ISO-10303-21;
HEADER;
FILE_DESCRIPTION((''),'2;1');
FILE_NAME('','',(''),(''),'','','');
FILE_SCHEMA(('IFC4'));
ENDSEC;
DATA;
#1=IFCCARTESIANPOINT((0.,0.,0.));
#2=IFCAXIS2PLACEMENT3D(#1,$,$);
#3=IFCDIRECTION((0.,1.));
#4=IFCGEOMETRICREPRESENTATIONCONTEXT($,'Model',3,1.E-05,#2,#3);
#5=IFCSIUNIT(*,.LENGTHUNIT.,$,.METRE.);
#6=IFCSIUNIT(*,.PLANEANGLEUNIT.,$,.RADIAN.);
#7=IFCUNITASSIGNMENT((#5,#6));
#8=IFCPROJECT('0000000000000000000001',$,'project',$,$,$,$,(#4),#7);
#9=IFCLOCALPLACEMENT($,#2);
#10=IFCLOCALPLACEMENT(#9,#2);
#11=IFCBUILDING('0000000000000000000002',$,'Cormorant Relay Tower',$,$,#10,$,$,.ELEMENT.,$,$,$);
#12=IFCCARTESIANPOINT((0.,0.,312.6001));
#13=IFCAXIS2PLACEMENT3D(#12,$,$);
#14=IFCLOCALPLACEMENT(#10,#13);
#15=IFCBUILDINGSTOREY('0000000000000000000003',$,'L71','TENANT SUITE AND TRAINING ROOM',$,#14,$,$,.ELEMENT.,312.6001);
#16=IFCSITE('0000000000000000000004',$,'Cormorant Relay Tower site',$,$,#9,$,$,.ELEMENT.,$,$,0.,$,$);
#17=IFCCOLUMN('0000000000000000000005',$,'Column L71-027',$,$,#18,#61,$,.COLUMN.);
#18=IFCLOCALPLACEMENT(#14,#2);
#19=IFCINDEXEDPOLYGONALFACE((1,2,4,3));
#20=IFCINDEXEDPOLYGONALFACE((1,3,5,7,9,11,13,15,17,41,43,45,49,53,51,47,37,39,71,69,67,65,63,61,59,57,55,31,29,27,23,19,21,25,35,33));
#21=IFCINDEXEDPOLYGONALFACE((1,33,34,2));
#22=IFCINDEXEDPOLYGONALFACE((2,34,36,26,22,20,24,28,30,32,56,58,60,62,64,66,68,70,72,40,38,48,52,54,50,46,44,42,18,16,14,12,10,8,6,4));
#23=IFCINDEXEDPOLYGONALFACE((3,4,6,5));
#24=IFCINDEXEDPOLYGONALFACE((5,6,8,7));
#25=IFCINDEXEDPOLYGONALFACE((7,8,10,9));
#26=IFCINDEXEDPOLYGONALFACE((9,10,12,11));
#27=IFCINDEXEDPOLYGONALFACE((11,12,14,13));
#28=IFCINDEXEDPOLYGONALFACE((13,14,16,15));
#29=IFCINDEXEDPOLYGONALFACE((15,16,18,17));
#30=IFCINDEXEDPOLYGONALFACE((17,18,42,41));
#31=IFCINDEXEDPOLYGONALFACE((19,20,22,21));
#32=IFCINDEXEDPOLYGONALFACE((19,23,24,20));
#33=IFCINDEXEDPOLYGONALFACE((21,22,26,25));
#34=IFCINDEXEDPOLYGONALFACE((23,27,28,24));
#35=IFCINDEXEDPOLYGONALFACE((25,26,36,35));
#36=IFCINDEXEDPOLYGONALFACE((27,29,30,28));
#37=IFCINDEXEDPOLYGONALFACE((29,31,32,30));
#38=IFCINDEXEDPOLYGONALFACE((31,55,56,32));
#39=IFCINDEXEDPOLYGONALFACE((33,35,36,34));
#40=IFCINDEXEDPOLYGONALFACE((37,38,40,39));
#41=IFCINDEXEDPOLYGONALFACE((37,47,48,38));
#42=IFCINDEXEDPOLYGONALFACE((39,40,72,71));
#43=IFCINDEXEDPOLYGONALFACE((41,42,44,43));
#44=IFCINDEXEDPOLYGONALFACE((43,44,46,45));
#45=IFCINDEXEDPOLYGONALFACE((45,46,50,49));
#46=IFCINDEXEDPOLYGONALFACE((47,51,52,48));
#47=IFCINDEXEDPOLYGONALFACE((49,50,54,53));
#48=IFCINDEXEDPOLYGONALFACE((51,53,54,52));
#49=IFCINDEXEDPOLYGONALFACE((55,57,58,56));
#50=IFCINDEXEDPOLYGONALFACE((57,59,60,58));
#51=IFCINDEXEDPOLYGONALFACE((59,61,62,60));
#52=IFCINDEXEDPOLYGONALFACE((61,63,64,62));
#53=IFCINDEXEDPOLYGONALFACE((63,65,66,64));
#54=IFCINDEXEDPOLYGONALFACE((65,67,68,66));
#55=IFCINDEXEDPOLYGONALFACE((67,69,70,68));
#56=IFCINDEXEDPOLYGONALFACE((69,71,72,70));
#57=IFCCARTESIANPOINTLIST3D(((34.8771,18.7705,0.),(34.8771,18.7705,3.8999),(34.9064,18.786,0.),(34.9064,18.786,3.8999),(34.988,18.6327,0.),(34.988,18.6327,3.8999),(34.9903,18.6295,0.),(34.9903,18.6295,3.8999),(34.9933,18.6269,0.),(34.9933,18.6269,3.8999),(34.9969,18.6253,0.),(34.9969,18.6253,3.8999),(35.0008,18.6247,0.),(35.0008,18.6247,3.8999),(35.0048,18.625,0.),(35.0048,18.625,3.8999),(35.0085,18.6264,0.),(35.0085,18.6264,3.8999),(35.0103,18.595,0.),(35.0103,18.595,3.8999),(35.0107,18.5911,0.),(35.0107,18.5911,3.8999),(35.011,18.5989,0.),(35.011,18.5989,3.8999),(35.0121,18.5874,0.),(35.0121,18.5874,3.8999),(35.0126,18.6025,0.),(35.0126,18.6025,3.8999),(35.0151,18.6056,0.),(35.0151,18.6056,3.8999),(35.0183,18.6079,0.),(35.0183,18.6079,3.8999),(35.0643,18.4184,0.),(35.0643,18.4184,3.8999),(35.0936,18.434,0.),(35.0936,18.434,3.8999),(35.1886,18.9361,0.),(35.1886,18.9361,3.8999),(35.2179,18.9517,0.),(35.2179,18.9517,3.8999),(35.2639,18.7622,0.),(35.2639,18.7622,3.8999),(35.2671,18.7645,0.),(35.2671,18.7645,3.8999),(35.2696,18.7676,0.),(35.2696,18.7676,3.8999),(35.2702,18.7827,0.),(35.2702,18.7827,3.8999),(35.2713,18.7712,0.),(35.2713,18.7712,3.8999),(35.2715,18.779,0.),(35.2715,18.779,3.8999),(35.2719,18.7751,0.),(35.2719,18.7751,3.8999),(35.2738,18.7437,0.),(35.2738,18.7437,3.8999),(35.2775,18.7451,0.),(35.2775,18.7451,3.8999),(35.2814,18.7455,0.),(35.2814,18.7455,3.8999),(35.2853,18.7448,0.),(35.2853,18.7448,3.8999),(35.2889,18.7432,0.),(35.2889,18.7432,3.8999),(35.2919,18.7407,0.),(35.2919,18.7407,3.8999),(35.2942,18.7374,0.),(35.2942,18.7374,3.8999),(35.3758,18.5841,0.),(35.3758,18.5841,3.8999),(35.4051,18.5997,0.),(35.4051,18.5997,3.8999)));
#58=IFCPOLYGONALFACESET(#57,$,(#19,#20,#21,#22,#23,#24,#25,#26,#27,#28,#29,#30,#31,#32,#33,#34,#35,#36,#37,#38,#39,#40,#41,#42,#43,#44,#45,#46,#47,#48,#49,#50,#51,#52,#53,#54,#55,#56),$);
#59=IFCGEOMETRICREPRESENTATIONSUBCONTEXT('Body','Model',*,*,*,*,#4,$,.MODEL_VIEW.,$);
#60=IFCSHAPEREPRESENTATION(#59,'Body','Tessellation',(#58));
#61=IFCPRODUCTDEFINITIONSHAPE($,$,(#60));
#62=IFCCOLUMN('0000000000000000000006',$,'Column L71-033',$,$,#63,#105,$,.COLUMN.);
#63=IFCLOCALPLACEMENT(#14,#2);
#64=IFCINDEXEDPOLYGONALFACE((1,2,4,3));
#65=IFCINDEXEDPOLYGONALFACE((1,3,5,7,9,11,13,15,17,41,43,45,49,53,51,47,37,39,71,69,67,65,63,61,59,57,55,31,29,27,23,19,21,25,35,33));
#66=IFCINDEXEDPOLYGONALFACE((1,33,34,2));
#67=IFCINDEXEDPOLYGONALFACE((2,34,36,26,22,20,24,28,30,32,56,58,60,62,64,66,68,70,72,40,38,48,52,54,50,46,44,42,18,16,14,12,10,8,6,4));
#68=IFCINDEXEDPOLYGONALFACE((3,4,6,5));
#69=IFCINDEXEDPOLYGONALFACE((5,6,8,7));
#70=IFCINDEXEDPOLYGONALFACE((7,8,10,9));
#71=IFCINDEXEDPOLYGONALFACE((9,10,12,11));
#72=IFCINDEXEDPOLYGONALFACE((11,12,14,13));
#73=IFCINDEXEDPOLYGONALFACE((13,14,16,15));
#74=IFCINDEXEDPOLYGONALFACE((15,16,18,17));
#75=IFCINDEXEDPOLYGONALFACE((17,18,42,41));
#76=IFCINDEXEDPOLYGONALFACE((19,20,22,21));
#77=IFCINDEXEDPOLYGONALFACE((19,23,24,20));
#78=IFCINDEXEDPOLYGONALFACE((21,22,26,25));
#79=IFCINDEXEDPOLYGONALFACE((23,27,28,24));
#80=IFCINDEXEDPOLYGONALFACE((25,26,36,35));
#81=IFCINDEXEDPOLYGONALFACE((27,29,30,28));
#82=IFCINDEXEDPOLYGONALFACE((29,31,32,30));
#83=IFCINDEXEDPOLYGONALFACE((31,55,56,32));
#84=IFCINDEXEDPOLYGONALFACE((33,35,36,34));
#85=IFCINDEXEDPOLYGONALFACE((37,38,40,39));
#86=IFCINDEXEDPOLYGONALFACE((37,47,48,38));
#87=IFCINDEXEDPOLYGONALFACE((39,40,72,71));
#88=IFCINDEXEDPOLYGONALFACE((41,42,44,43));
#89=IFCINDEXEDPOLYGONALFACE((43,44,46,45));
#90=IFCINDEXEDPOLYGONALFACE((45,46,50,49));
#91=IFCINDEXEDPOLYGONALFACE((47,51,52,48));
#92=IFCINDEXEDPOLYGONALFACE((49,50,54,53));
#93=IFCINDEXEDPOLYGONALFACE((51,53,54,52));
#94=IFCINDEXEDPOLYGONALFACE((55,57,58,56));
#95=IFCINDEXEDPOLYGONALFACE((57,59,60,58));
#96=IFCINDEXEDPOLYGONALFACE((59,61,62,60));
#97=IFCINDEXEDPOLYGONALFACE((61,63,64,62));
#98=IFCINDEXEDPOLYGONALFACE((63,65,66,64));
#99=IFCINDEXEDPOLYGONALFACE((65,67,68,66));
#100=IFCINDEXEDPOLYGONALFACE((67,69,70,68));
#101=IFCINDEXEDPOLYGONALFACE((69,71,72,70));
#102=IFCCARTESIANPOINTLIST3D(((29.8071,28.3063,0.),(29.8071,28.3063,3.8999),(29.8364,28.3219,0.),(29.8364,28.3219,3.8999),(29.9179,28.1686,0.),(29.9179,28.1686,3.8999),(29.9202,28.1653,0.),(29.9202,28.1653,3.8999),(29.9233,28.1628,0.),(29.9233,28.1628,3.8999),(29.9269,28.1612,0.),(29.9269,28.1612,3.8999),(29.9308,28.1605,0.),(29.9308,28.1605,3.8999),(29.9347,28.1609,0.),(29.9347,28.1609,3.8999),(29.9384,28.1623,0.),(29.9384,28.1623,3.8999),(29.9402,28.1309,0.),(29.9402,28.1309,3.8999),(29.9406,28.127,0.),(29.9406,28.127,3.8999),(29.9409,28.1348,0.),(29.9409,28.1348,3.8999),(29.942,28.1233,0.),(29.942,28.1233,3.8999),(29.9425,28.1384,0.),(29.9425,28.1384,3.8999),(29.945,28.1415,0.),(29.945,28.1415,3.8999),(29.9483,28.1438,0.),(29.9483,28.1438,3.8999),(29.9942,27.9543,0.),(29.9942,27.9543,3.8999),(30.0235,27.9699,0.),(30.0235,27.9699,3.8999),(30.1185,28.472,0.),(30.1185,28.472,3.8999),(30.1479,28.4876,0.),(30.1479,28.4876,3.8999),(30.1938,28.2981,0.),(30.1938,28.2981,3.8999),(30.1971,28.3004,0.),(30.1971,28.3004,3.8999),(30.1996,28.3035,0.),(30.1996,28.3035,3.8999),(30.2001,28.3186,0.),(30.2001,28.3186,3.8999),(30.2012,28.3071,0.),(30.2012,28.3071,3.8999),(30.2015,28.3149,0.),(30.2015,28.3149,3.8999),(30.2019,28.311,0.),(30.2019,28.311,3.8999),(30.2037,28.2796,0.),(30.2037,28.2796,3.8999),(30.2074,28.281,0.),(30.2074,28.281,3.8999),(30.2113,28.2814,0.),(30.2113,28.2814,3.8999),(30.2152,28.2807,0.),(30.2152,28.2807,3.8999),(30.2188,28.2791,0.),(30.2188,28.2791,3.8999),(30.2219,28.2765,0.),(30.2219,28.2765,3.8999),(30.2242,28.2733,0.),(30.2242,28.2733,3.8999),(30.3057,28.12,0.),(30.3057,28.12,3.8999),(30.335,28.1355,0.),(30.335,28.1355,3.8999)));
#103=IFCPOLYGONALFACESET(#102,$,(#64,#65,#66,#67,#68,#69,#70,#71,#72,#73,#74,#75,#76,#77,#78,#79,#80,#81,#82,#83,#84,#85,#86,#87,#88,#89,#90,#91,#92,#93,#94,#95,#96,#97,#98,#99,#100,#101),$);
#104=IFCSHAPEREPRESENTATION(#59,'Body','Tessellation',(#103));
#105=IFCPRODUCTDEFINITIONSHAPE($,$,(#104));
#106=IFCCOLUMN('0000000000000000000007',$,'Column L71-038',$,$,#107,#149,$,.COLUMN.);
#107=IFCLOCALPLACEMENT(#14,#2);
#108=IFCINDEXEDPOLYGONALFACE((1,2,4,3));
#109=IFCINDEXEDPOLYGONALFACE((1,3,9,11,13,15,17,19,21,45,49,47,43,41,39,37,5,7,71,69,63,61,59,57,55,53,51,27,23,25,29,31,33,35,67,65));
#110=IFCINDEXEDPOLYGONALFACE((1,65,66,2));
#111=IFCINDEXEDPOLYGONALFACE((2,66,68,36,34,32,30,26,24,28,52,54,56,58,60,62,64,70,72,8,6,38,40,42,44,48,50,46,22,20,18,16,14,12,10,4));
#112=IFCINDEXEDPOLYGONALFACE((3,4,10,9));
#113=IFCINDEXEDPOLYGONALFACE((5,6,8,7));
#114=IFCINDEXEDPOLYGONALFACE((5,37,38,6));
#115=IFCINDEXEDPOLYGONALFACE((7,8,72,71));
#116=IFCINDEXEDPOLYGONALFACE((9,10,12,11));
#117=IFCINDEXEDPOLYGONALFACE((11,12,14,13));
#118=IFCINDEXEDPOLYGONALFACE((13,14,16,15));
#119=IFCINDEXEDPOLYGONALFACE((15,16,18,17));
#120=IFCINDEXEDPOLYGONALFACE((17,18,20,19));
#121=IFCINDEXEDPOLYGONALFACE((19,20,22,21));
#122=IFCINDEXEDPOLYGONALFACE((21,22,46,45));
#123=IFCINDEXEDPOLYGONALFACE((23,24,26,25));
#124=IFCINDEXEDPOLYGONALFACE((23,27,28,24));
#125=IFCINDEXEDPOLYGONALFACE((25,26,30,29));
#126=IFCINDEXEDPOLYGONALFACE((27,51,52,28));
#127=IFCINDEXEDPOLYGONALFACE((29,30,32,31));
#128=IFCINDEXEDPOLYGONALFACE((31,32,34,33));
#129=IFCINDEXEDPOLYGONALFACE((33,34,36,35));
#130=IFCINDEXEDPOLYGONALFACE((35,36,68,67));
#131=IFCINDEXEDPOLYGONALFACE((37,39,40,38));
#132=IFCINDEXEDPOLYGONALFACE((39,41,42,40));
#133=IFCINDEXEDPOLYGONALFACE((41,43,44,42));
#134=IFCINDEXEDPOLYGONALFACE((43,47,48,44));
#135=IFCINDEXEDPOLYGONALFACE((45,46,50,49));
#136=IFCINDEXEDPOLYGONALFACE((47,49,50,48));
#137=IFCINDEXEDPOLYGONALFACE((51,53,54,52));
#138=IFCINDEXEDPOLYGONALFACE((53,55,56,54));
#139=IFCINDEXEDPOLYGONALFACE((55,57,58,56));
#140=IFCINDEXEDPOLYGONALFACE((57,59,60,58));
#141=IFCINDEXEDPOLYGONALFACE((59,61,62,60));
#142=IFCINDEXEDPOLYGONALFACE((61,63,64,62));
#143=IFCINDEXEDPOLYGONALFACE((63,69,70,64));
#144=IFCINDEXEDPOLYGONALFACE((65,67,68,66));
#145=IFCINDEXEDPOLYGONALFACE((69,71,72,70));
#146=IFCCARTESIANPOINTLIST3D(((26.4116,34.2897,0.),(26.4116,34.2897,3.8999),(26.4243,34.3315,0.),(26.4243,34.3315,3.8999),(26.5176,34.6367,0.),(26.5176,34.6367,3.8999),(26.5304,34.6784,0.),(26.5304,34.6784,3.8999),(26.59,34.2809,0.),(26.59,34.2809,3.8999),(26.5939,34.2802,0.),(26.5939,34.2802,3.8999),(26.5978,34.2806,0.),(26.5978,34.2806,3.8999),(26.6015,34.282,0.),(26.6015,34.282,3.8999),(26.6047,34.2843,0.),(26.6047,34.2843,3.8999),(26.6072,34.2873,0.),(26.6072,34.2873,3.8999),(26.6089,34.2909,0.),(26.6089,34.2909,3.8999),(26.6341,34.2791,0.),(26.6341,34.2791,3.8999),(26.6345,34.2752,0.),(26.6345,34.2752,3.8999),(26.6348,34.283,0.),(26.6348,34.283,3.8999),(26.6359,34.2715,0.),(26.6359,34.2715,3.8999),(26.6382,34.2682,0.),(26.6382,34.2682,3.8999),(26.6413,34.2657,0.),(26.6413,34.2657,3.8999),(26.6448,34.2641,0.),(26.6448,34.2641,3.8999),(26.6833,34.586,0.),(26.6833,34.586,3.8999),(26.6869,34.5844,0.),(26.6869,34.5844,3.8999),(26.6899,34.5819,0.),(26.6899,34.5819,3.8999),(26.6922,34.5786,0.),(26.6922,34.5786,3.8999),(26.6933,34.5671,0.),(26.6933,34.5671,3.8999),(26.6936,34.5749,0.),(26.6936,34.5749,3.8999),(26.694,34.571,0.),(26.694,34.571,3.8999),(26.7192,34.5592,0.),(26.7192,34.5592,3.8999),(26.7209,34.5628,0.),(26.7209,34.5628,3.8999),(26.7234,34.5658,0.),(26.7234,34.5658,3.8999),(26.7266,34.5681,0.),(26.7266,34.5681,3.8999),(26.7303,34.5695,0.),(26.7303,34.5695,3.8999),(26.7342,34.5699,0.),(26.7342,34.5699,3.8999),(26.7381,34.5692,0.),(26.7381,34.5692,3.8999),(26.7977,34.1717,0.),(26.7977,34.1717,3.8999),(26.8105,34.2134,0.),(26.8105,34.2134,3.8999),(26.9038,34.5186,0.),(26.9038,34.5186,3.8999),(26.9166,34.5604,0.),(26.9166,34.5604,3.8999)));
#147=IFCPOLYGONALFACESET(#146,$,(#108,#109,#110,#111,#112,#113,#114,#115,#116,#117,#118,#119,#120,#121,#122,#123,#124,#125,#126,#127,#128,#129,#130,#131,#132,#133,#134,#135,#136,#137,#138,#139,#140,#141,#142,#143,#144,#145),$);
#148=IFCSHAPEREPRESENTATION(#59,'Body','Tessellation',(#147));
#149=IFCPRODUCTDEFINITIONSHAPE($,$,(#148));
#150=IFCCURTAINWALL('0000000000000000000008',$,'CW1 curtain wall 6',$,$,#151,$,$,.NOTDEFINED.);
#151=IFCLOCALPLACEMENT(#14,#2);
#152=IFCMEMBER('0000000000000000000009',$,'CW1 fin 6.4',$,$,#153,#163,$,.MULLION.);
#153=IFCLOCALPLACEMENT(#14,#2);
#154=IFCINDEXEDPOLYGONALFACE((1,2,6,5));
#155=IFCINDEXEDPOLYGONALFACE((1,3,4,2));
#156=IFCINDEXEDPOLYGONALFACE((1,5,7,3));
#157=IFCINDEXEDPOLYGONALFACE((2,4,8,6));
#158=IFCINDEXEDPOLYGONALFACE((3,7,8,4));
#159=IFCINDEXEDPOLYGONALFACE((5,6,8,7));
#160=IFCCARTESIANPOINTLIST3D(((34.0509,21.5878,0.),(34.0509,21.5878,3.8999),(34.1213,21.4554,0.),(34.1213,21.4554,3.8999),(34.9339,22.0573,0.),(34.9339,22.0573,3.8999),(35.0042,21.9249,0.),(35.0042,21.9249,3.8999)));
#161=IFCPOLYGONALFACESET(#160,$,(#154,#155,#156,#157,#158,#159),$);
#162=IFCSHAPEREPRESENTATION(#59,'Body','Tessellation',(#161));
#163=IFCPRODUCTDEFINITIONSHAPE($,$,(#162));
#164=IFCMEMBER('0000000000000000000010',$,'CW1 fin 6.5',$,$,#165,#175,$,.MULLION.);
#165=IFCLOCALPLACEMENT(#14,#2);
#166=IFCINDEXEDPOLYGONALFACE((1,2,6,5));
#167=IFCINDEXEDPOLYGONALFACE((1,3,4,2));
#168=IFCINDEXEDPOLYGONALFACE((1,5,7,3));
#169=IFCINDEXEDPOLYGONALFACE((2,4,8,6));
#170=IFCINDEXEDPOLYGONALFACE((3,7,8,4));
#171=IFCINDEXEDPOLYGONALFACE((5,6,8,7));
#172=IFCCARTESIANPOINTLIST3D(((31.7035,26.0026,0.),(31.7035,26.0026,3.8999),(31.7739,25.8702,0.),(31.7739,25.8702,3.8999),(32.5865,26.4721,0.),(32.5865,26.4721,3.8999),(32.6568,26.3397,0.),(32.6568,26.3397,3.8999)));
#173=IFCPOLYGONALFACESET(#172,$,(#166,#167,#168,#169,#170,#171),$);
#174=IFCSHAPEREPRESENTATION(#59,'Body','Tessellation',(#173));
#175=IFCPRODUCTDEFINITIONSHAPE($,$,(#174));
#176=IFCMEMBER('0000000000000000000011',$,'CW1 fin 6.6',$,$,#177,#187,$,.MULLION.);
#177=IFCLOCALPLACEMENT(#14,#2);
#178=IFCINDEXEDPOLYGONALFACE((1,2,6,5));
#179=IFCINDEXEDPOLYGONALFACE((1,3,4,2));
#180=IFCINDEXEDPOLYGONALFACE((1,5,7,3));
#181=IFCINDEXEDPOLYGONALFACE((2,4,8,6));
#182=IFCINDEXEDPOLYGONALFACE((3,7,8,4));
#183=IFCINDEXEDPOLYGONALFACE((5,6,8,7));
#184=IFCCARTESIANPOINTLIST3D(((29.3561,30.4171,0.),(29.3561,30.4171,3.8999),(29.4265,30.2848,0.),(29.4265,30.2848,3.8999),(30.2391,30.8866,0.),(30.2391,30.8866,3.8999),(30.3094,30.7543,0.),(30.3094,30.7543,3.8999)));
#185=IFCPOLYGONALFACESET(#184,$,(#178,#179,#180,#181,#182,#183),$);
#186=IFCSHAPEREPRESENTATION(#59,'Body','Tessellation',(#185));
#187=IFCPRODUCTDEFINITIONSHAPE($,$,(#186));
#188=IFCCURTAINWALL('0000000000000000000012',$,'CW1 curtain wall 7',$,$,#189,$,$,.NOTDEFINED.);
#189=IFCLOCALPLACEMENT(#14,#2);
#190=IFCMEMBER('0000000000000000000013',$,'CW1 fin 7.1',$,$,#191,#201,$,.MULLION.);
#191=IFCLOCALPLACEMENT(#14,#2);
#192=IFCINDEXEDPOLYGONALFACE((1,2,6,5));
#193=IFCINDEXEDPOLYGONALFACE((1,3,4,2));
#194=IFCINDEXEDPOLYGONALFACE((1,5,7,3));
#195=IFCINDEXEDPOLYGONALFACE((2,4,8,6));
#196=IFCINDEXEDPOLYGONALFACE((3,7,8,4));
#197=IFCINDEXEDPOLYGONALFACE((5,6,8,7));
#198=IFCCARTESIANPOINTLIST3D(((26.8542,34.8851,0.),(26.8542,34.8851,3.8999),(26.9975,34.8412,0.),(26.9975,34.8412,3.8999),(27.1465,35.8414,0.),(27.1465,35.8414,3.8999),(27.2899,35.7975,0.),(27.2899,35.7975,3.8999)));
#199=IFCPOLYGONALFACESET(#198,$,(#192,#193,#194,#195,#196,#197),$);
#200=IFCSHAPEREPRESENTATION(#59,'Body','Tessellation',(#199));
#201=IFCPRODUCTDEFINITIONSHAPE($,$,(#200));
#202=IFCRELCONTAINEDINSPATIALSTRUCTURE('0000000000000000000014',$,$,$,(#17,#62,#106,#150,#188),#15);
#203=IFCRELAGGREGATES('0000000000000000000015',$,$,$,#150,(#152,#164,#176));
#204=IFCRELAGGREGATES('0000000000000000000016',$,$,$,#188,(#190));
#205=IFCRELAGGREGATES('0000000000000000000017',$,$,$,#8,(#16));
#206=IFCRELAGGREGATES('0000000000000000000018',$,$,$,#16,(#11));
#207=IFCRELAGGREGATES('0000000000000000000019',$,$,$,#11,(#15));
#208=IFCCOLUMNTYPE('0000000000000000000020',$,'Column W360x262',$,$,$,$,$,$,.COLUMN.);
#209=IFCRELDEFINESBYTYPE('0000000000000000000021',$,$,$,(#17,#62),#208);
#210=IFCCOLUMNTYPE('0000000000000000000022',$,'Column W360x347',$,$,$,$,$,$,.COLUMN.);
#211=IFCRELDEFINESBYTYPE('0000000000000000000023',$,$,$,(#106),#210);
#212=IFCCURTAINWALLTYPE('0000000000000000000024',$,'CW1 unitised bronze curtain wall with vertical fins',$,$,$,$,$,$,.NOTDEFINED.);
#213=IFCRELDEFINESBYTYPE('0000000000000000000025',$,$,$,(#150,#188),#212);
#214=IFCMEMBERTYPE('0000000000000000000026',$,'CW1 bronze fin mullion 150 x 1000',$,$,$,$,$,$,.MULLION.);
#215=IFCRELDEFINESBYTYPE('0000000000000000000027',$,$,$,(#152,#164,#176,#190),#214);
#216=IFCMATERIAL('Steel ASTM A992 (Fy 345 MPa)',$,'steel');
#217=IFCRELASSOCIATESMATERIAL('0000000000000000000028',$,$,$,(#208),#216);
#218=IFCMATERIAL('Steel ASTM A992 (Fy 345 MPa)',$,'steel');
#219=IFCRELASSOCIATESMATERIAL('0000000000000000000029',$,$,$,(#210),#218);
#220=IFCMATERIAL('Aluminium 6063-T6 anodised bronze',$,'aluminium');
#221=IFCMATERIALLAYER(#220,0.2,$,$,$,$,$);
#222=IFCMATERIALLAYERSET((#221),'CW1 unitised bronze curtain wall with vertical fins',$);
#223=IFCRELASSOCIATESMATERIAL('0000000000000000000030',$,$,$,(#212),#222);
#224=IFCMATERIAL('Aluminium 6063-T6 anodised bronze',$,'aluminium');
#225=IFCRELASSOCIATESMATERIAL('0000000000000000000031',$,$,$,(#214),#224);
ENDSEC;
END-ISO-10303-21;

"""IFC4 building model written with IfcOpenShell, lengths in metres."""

from ifc_helpers import new_model, si_unit, direction, frame, origin, origin_2d, place, context, subcontext, project, spatial, rectangle, i_section, extrude, material, layer, layer_set, material_profile, profile_set, type_object, element, aggregate, save


model = new_model("IFC4")

# Units and contexts
model_context = context("Model", 3, precision=1e-05, world=origin(), true_north=direction((0.0, 1.0)))
body_context = subcontext(model_context, "Body", "Model", "MODEL_VIEW")
ifc_project = project(units=[si_unit("LENGTHUNIT", "METRE"), si_unit("PLANEANGLEUNIT", "RADIAN")], contexts=[model_context])

# Site, building, storey
site_placement = place(None, origin())
site = spatial("IfcSite", under=ifc_project, at=site_placement, Name="Cormorant Relay Tower site", CompositionType="ELEMENT", RefElevation=0.0)
building_placement = place(site_placement, origin())
building = spatial("IfcBuilding", under=site, at=building_placement, Name="Cormorant Relay Tower", CompositionType="ELEMENT")
storey_placement = place(building_placement, frame((0.0, 0.0, 312.6001)))
storey = spatial("IfcBuildingStorey", under=building, at=storey_placement, Name="L71", Description="TENANT SUITE AND TRAINING ROOM", CompositionType="ELEMENT", Elevation=312.6001)

# Columns
ifc_material_1 = material(Name="Steel ASTM A992 (Fy 345 MPa)", Category="steel")
ifc_material_profile_1 = material_profile(ifc_material_1, i_section(OverallWidth=0.3987, OverallDepth=0.386, WebThickness=0.021, FlangeThickness=0.0332, FilletRadius=0.0151, at=origin_2d()), Name="W360x262")
ifc_profile_set_1 = profile_set([ifc_material_profile_1], Name="Steel ASTM A992 (Fy 345 MPa)")
column_type_1 = type_object("IfcColumnType", Name="Column W360x262", PredefinedType="COLUMN", material=ifc_profile_set_1)
for number, where, z_axis, x_axis, name in (
    (1, (35.1411, 18.6851, 0.0), (0.0, 0.0, 1.0), (-0.469472, 0.882948, 0.0), "Column L71-027"),
    (2, (30.071, 28.2209, 0.0), (0.0, 0.0, 1.0), (-0.469472, 0.882948, 0.0), "Column L71-033"),
):
    element("IfcColumn", number, at=place(storey_placement, frame(where, z_axis=z_axis, x_axis=x_axis)), inside=storey, type_object=column_type_1, Name=name, PredefinedType="COLUMN", context=body_context, shape_type="SweptSolid", body=[
        extrude(i_section(OverallWidth=0.3987, OverallDepth=0.386, WebThickness=0.021, FlangeThickness=0.0332, FilletRadius=0.0151, at=origin_2d()), origin(), (0.0, 0.0, 1.0), 3.8999),
    ])
ifc_material_2 = material(Name="Steel ASTM A992 (Fy 345 MPa)", Category="steel")
ifc_material_profile_2 = material_profile(ifc_material_2, i_section(OverallWidth=0.4038, OverallDepth=0.4065, WebThickness=0.0271, FlangeThickness=0.0437, FilletRadius=0.0151, at=origin_2d()), Name="W360x347")
ifc_profile_set_2 = profile_set([ifc_material_profile_2], Name="Steel ASTM A992 (Fy 345 MPa)")
column_type_2 = type_object("IfcColumnType", Name="Column W360x347", PredefinedType="COLUMN", material=ifc_profile_set_2)
column_placement = place(storey_placement, frame((26.6641, 34.425, 0.0), z_axis=(0.0, 0.0, 1.0), x_axis=(-0.956305, 0.292372, 0.0)))
element("IfcColumn", 3, at=column_placement, inside=storey, type_object=column_type_2, Name="Column L71-038", PredefinedType="COLUMN", context=body_context, shape_type="SweptSolid", body=[
    extrude(i_section(OverallWidth=0.4038, OverallDepth=0.4065, WebThickness=0.0271, FlangeThickness=0.0437, FilletRadius=0.0151, at=origin_2d()), origin(), (0.0, 0.0, 1.0), 3.8999),
])

# Curtain walls, members
ifc_material_3 = material(Name="Aluminium 6063-T6 anodised bronze", Category="aluminium")
ifc_layer_1 = layer(ifc_material_3, 0.2)
ifc_layer_set_1 = layer_set([ifc_layer_1], Name="CW1 unitised bronze curtain wall with vertical fins")
curtain_wall_type = type_object("IfcCurtainWallType", Name="CW1 unitised bronze curtain wall with vertical fins", PredefinedType="NOTDEFINED", material=ifc_layer_set_1)
curtain_wall_1_placement = place(storey_placement, origin())
curtain_wall_1 = element("IfcCurtainWall", 4, at=curtain_wall_1_placement, inside=storey, type_object=curtain_wall_type, Name="CW1 curtain wall 6", PredefinedType="NOTDEFINED")
ifc_material_4 = material(Name="Aluminium 6063-T6 anodised bronze", Category="aluminium")
ifc_material_profile_3 = material_profile(ifc_material_4, rectangle(XDim=0.1499, YDim=1.0, at=origin_2d()), Name="AL 150x1000")
ifc_profile_set_3 = profile_set([ifc_material_profile_3], Name="Aluminium 6063-T6 anodised bronze")
member_type_1 = type_object("IfcMemberType", Name="CW1 bronze fin mullion 150 x 1000", PredefinedType="MULLION", material=ifc_profile_set_3)
member_1_placement = place(storey_placement, frame((34.5276, 21.7563, 0.0), z_axis=(0.0, 0.0, 1.0), x_axis=(-0.469472, 0.882948, 0.0)))
member_1 = element("IfcMember", 5, at=member_1_placement, type_object=member_type_1, Name="CW1 fin 6.4", PredefinedType="MULLION", context=body_context, shape_type="SweptSolid", body=[
    extrude(rectangle(XDim=0.1499, YDim=1.0, at=origin_2d()), origin(), (0.0, 0.0, 1.0), 3.8999),
])
member_2_placement = place(storey_placement, frame((32.1802, 26.1711, 0.0), z_axis=(0.0, 0.0, 1.0), x_axis=(-0.469472, 0.882948, 0.0)))
member_2 = element("IfcMember", 6, at=member_2_placement, type_object=member_type_1, Name="CW1 fin 6.5", PredefinedType="MULLION", context=body_context, shape_type="SweptSolid", body=[
    extrude(rectangle(XDim=0.1499, YDim=1.0, at=origin_2d()), origin(), (0.0, 0.0, 1.0), 3.8999),
])
member_3_placement = place(storey_placement, frame((29.8328, 30.5857, 0.0), z_axis=(0.0, 0.0, 1.0), x_axis=(-0.469472, 0.882948, 0.0)))
member_3 = element("IfcMember", 7, at=member_3_placement, type_object=member_type_1, Name="CW1 fin 6.6", PredefinedType="MULLION", context=body_context, shape_type="SweptSolid", body=[
    extrude(rectangle(XDim=0.1499, YDim=1.0, at=origin_2d()), origin(), (0.0, 0.0, 1.0), 3.8999),
])
curtain_wall_2_placement = place(storey_placement, origin())
curtain_wall_2 = element("IfcCurtainWall", 8, at=curtain_wall_2_placement, inside=storey, type_object=curtain_wall_type, Name="CW1 curtain wall 7", PredefinedType="NOTDEFINED")
member_4_placement = place(storey_placement, frame((27.072, 35.3413, 0.0), z_axis=(0.0, 0.0, 1.0), x_axis=(-0.956305, 0.292372, 0.0)))
member_4 = element("IfcMember", 9, at=member_4_placement, type_object=member_type_1, Name="CW1 fin 7.1", PredefinedType="MULLION", context=body_context, shape_type="SweptSolid", body=[
    extrude(rectangle(XDim=0.1499, YDim=1.0, at=origin_2d()), origin(), (0.0, 0.0, 1.0), 3.8999),
])

aggregate(curtain_wall_1, [member_1, member_2, member_3])
aggregate(curtain_wall_2, [member_4])

save(model, "model.ifc")
